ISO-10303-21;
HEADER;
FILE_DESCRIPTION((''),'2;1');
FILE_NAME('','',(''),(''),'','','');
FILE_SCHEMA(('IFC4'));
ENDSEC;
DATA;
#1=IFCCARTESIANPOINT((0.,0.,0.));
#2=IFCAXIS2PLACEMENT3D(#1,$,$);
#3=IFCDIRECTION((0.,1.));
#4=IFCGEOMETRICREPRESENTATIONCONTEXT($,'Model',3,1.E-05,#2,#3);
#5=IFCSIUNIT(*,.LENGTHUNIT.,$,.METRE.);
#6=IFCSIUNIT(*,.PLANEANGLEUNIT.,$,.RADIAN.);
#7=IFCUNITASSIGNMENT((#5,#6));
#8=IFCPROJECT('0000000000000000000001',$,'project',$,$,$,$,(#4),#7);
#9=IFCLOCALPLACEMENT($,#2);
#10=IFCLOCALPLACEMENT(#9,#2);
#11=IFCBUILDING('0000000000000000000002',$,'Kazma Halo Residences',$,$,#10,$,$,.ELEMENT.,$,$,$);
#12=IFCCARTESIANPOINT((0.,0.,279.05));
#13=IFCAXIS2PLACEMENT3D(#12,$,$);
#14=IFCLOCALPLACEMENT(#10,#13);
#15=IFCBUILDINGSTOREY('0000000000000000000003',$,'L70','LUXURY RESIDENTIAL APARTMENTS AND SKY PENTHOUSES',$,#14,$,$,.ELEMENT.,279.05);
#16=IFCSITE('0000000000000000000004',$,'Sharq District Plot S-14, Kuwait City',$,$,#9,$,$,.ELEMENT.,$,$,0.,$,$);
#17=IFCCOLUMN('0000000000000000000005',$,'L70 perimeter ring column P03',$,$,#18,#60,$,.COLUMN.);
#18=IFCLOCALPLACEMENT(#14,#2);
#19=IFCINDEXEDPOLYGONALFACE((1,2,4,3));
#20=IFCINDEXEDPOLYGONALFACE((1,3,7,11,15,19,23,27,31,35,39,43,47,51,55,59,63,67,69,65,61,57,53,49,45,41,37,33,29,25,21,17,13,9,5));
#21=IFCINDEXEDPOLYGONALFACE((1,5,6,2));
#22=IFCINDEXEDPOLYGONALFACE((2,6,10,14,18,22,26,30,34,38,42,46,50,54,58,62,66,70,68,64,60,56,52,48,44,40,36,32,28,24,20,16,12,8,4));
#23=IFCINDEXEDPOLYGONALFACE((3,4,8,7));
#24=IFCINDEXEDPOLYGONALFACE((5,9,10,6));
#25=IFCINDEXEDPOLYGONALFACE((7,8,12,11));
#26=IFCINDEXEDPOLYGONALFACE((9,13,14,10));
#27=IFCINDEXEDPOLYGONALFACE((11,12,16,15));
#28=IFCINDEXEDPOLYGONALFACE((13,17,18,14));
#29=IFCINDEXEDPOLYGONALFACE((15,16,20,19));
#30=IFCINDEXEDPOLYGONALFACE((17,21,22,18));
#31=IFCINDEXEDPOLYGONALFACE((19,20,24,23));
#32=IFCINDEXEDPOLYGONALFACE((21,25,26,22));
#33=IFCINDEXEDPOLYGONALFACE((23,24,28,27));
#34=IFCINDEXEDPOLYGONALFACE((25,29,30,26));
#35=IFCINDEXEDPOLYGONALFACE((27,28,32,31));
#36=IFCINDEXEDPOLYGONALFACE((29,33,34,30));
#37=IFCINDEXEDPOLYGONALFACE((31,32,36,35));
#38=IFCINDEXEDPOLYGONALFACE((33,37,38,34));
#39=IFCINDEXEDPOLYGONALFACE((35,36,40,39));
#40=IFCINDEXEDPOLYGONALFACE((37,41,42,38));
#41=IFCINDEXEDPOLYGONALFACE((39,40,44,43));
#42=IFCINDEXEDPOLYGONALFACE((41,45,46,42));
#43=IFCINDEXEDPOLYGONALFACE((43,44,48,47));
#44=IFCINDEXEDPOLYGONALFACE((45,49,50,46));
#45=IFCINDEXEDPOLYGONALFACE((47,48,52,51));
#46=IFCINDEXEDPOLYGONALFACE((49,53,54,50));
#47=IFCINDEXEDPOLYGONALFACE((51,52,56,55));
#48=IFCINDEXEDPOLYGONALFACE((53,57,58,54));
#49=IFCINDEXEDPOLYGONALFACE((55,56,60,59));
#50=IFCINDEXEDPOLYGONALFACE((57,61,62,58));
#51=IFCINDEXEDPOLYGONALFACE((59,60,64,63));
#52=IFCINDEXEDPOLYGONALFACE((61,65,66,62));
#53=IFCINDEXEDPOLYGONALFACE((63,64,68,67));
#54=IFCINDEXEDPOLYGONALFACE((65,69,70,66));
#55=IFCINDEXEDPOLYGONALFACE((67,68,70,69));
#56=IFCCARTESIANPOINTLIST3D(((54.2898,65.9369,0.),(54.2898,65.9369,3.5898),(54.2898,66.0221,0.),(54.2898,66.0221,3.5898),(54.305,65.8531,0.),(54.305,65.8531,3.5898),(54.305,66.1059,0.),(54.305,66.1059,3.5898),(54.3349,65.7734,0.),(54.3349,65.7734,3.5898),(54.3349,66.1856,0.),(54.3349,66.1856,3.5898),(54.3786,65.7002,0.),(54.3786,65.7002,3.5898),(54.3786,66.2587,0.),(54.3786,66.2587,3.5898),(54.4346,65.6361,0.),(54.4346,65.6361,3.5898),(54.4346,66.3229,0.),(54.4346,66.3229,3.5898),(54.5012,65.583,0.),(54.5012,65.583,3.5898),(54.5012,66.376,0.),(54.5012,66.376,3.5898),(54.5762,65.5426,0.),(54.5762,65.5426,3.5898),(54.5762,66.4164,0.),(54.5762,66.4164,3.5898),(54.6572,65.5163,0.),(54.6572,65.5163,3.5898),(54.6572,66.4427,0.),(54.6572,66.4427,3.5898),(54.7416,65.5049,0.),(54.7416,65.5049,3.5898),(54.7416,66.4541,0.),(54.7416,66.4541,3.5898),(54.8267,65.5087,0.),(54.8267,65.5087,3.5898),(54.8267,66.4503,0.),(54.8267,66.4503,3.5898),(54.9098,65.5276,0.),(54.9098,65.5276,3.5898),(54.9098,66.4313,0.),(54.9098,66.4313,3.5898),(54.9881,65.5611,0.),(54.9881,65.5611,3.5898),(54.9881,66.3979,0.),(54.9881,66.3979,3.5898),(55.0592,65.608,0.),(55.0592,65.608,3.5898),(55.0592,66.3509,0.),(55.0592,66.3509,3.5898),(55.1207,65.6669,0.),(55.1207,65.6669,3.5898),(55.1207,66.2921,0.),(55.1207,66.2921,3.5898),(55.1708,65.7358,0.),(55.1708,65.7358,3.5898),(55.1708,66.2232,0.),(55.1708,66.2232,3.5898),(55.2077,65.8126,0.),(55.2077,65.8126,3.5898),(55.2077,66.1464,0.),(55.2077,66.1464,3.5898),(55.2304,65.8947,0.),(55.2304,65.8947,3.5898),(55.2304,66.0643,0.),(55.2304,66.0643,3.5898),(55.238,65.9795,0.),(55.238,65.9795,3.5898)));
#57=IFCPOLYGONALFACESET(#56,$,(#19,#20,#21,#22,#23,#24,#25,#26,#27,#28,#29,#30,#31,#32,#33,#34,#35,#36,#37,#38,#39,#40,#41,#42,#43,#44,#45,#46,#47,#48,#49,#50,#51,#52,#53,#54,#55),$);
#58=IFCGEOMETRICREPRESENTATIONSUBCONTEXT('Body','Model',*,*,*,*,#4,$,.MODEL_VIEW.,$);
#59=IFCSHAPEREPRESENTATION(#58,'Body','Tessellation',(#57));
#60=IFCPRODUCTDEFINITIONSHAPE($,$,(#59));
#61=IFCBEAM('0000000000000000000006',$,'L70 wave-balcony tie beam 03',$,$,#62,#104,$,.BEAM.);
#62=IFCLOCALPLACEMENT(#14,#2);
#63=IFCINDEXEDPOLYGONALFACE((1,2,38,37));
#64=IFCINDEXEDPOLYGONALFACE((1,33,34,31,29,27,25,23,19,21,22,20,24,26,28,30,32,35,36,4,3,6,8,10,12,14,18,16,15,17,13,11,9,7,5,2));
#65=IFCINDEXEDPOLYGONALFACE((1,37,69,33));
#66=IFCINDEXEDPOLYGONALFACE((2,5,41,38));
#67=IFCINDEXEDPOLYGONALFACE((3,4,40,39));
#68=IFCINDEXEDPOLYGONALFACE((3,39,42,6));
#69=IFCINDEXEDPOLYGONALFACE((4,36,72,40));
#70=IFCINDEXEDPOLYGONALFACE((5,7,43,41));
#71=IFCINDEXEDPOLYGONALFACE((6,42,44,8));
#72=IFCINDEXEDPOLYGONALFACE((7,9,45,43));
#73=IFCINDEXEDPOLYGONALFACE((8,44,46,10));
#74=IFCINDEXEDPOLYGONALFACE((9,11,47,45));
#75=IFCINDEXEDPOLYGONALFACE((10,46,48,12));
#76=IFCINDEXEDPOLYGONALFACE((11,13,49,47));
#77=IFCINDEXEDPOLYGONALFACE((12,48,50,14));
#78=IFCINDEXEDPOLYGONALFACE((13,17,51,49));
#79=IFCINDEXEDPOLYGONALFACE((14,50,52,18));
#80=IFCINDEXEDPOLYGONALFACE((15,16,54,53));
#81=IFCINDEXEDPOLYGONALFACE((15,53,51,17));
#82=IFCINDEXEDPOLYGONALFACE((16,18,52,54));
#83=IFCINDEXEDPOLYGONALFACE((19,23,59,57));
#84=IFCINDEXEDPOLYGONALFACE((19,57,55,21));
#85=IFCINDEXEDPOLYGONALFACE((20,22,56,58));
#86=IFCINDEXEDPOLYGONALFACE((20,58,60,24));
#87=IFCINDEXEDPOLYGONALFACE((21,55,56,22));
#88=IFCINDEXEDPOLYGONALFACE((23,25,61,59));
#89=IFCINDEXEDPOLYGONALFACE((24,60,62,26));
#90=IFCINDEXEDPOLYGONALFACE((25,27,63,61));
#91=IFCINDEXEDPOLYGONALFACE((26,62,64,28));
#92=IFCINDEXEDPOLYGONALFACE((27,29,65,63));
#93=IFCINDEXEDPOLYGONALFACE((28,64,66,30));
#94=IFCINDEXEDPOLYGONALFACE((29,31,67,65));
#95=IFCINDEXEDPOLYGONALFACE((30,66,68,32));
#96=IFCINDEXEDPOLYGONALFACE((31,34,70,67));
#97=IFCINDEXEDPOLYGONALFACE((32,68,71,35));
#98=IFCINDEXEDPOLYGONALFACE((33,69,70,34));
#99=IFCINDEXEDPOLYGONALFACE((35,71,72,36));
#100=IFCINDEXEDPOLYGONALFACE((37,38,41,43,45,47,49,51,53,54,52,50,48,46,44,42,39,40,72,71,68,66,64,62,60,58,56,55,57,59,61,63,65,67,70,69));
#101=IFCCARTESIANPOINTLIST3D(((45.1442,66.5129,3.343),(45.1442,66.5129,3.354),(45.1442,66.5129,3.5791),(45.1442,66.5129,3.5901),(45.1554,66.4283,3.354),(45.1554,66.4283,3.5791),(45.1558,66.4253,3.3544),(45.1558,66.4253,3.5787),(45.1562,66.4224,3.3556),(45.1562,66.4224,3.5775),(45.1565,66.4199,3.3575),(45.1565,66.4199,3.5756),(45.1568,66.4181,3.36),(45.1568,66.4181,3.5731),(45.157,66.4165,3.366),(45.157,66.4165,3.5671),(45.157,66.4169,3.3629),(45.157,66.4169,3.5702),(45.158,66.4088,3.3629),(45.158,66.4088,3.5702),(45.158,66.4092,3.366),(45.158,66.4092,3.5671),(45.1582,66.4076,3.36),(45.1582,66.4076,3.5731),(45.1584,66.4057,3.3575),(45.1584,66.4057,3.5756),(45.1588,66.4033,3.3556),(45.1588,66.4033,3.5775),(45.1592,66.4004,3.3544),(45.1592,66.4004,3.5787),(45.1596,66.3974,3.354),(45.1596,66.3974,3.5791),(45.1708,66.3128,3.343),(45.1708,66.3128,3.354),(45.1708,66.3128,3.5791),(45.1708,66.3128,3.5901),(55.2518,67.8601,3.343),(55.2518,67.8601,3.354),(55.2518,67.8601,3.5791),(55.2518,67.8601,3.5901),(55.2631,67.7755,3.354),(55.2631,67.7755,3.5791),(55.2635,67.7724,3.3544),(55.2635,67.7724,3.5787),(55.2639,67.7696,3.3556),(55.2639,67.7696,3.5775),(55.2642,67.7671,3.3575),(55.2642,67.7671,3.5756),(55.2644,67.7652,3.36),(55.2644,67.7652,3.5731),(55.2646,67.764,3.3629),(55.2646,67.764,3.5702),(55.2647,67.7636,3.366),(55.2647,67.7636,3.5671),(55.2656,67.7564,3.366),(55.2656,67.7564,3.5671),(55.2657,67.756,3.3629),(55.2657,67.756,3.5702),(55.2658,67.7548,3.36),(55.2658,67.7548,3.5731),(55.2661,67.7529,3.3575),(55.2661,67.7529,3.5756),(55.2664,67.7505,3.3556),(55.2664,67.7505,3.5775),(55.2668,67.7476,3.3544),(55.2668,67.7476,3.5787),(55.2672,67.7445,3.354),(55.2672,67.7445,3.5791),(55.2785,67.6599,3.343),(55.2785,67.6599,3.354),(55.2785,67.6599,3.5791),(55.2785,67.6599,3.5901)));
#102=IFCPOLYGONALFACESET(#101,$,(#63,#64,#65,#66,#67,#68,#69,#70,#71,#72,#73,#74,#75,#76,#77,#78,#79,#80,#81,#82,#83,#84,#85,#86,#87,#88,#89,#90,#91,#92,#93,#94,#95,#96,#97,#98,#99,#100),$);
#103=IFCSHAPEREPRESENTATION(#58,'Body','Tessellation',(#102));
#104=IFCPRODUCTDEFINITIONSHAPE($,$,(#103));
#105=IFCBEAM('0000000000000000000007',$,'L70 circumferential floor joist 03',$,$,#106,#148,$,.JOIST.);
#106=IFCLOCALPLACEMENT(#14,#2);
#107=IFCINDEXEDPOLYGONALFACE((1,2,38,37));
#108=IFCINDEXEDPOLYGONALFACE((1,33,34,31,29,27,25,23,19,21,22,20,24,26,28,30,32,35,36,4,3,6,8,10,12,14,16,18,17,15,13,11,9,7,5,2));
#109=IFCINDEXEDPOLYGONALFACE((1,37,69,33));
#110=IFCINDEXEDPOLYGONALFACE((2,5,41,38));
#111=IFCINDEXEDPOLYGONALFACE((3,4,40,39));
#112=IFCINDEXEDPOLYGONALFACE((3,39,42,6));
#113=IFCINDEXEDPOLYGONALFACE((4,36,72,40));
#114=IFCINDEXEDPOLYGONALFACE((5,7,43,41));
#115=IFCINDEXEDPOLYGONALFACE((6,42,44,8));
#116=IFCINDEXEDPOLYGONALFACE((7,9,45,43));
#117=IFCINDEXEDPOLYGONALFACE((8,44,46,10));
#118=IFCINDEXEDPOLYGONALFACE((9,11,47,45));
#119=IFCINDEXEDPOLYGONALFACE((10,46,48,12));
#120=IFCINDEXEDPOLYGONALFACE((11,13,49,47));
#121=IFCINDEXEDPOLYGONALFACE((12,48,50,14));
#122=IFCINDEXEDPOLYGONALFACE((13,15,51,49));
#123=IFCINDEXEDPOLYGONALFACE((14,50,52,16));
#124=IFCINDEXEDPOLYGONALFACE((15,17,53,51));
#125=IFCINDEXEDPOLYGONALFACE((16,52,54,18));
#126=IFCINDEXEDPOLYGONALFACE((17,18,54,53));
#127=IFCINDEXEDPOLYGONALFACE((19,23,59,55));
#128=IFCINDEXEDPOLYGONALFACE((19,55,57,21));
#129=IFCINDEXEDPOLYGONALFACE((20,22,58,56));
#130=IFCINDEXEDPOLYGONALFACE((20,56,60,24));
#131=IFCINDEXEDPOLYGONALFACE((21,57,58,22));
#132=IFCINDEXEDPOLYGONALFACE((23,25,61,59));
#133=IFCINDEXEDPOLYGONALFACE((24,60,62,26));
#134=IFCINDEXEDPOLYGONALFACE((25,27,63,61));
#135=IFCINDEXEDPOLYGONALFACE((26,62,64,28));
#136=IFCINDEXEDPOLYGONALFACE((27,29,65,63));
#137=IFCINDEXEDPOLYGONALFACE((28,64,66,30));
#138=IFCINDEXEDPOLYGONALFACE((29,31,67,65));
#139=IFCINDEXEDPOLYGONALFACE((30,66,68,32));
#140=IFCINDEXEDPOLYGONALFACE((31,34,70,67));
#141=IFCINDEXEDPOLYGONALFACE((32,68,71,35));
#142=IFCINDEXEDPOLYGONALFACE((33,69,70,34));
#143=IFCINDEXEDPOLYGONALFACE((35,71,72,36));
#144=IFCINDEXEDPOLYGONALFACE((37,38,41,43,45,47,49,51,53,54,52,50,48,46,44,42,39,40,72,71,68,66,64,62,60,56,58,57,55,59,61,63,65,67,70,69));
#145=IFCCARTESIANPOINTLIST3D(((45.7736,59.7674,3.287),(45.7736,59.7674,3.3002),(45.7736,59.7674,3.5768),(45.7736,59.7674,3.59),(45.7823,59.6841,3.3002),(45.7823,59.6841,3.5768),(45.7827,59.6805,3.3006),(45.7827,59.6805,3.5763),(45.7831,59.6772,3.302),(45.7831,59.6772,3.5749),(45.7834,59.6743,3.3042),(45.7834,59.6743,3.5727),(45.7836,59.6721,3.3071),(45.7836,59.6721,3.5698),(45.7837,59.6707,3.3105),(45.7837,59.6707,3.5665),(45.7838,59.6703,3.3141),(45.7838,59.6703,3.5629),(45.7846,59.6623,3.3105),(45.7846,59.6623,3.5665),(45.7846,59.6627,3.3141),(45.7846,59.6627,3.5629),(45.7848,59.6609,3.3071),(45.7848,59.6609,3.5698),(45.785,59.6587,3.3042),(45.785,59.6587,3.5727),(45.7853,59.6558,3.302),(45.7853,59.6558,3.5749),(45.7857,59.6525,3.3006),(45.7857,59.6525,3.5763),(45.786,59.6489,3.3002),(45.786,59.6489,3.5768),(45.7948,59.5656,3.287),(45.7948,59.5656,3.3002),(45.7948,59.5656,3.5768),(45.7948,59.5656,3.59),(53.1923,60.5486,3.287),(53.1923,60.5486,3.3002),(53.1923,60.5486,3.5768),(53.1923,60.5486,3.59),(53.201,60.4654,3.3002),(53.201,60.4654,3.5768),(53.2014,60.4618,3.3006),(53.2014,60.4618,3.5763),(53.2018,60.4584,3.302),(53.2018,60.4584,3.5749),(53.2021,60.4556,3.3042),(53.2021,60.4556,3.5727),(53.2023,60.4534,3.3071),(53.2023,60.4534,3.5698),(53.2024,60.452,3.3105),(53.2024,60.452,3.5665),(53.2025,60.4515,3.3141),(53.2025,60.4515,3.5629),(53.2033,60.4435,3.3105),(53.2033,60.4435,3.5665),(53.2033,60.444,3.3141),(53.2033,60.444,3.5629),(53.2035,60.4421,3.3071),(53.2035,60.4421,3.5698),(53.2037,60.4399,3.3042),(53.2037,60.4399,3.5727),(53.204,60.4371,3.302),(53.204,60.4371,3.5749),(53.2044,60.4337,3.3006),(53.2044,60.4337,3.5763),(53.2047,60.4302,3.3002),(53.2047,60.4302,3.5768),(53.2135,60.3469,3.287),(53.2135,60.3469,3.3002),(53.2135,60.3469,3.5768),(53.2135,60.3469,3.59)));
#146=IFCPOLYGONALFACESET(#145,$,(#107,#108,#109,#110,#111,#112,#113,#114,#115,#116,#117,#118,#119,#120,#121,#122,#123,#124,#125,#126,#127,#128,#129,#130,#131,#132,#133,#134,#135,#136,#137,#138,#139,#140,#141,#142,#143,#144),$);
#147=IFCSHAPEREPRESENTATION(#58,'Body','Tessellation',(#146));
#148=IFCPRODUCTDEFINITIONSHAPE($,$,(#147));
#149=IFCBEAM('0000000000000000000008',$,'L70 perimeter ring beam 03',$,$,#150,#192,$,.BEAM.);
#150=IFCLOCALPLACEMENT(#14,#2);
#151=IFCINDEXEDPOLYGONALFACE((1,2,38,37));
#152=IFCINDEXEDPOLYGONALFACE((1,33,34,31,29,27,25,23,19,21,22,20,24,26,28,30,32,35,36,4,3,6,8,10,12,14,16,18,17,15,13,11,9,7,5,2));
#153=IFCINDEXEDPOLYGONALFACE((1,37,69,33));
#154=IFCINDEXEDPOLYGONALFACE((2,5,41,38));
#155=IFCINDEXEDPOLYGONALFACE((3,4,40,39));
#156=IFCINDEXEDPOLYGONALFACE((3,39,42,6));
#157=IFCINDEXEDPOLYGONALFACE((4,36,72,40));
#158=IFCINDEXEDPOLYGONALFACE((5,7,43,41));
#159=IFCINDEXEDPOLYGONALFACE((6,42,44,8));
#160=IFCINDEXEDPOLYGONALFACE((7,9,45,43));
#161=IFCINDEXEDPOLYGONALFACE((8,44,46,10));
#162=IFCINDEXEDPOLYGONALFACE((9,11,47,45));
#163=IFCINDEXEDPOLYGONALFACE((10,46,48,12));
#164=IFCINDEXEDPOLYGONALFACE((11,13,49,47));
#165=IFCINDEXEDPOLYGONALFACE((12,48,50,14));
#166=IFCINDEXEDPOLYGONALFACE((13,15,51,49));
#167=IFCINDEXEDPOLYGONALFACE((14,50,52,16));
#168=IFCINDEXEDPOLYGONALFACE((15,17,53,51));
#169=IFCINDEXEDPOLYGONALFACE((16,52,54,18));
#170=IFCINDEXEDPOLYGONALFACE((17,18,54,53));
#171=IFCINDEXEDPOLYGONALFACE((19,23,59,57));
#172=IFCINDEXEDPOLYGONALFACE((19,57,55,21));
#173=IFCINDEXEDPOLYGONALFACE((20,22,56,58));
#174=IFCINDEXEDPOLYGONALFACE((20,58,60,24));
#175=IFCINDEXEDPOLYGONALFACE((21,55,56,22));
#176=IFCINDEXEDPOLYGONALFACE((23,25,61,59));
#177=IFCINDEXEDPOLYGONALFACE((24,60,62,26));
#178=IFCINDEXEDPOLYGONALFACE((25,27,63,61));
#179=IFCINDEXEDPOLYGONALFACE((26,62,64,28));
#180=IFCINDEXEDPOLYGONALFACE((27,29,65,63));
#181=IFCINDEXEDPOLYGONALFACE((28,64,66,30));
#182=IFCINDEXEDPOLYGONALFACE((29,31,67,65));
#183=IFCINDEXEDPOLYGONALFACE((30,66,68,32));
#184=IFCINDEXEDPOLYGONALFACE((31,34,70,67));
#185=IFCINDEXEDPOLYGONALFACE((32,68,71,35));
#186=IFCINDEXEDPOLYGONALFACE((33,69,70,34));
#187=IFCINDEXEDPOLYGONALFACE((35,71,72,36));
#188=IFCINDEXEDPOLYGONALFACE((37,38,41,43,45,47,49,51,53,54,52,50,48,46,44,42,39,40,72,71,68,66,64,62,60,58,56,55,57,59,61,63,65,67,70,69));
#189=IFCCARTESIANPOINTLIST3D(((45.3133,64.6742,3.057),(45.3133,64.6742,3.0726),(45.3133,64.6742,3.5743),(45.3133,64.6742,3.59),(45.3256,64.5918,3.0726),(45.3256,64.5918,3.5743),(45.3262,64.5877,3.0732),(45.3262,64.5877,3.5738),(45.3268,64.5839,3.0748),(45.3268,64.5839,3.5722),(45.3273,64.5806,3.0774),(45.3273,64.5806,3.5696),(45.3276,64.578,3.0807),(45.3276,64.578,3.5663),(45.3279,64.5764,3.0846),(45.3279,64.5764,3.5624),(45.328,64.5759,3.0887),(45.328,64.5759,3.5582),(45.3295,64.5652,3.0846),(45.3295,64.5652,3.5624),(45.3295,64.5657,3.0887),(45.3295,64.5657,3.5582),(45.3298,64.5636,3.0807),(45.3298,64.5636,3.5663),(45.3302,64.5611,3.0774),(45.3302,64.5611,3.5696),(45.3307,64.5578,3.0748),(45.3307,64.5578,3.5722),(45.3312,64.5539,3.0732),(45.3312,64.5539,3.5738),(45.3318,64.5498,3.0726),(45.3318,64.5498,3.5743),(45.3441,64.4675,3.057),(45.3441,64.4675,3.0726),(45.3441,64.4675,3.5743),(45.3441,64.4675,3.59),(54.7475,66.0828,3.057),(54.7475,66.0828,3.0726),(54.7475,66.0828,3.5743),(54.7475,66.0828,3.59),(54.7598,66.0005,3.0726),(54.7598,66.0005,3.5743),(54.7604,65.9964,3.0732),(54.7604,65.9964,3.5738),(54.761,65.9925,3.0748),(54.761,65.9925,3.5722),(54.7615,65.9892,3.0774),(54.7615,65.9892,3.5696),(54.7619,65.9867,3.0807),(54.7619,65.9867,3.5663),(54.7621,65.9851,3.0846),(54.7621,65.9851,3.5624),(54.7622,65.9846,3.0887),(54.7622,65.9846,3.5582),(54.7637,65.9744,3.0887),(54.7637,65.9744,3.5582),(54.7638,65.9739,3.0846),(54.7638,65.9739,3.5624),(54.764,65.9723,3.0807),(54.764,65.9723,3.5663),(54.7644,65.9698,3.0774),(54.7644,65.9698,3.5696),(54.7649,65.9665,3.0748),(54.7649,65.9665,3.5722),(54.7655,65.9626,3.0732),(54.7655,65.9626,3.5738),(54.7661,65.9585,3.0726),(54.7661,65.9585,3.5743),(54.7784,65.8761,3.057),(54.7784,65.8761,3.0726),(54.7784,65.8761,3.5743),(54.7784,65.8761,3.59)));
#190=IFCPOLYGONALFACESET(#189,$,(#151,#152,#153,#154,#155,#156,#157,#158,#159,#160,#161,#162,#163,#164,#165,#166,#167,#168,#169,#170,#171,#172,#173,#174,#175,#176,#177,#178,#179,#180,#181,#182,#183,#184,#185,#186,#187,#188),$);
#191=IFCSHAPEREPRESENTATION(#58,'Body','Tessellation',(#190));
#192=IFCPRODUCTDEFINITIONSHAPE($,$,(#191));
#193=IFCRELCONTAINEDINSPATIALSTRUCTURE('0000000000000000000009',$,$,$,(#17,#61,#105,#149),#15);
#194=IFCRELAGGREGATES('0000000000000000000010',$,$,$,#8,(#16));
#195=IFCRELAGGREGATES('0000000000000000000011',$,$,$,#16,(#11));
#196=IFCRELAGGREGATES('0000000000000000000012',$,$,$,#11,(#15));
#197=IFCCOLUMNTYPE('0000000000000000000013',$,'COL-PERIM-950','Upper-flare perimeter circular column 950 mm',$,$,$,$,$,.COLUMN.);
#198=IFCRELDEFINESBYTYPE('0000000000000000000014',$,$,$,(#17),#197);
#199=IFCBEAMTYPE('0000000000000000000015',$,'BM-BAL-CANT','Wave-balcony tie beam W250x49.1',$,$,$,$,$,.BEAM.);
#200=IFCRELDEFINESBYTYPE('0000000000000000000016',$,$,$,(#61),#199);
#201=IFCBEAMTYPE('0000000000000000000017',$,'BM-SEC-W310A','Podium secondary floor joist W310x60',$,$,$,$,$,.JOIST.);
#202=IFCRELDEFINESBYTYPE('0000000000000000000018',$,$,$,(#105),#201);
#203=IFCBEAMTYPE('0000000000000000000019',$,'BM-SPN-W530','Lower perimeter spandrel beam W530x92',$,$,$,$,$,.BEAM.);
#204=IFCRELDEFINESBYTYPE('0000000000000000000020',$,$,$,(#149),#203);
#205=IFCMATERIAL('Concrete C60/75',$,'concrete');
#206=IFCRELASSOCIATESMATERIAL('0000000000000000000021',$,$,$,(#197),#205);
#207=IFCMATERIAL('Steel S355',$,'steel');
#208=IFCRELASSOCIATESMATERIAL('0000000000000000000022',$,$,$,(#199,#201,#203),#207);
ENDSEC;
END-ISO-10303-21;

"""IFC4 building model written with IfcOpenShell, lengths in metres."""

from ifc_helpers import new_model, si_unit, direction, frame, origin, origin_2d, place, context, subcontext, project, spatial, circle, i_section, extrude, material, material_profile, profile_set, type_object, element, save


model = new_model("IFC4")

# Units and contexts
model_context = context("Model", 3, precision=1e-05, world=origin(), true_north=direction((0.0, 1.0)))
body_context = subcontext(model_context, "Body", "Model", "MODEL_VIEW")
ifc_project = project(units=[si_unit("LENGTHUNIT", "METRE"), si_unit("PLANEANGLEUNIT", "RADIAN")], contexts=[model_context])

# Site, building, storey
site_placement = place(None, origin())
site = spatial("IfcSite", under=ifc_project, at=site_placement, Name="Sharq District Plot S-14, Kuwait City", CompositionType="ELEMENT", RefElevation=0.0)
building_placement = place(site_placement, origin())
building = spatial("IfcBuilding", under=site, at=building_placement, Name="Kazma Halo Residences", CompositionType="ELEMENT")
storey_placement = place(building_placement, frame((0.0, 0.0, 279.05)))
storey = spatial("IfcBuildingStorey", under=building, at=storey_placement, Name="L70", Description="LUXURY RESIDENTIAL APARTMENTS AND SKY PENTHOUSES", CompositionType="ELEMENT", Elevation=279.05)

# Column
ifc_material_1 = material(Name="Concrete C60/75", Category="concrete")
ifc_material_profile_1 = material_profile(ifc_material_1, circle(Radius=0.4751, at=origin_2d()), Name="CIRC950")
ifc_profile_set_1 = profile_set([ifc_material_profile_1], Name="Concrete C60/75")
column_type = type_object("IfcColumnType", Name="COL-PERIM-950", Description="Upper-flare perimeter circular column 950 mm", PredefinedType="COLUMN", material=ifc_profile_set_1)
column_placement = place(storey_placement, frame((54.7629, 65.9795, 0.0), z_axis=(0.0, 0.0, 1.0), x_axis=(1.0, 0.0, 0.0)))
element("IfcColumn", 1, at=column_placement, inside=storey, type_object=column_type, Name="L70 perimeter ring column P03", PredefinedType="COLUMN", context=body_context, shape_type="SweptSolid", body=[
    extrude(circle(Radius=0.4751, at=origin_2d()), origin(), (0.0, 0.0, 1.0), 3.5898),
])

# Beams
ifc_material_2 = material(Name="Steel S355", Category="steel")
ifc_material_profile_2 = material_profile(ifc_material_2, i_section(OverallWidth=0.2019, OverallDepth=0.2471, WebThickness=0.0073, FlangeThickness=0.011, FilletRadius=0.012, at=origin_2d()), Name="W250x49.1")
ifc_profile_set_2 = profile_set([ifc_material_profile_2], Name="Steel S355")
beam_type_1 = type_object("IfcBeamType", Name="BM-BAL-CANT", Description="Wave-balcony tie beam W250x49.1", PredefinedType="BEAM", material=ifc_profile_set_2)
beam_1_placement = place(storey_placement, frame((55.2651, 67.76, 3.4666), z_axis=(-0.991235, -0.132114, 0.0), x_axis=(0.132114, -0.991235, 0.0)))
element("IfcBeam", 2, at=beam_1_placement, inside=storey, type_object=beam_type_1, Name="L70 wave-balcony tie beam 03", PredefinedType="BEAM", context=body_context, shape_type="SweptSolid", body=[
    extrude(i_section(OverallWidth=0.2019, OverallDepth=0.2471, WebThickness=0.0073, FlangeThickness=0.011, FilletRadius=0.012, at=origin_2d()), origin(), (0.0, 0.0, 1.0), 10.197),
])
ifc_material_profile_3 = material_profile(ifc_material_2, i_section(OverallWidth=0.2029, OverallDepth=0.303, WebThickness=0.0076, FlangeThickness=0.0132, FilletRadius=0.0139, at=origin_2d()), Name="W310x60")
ifc_profile_set_3 = profile_set([ifc_material_profile_3], Name="Steel S355")
beam_type_2 = type_object("IfcBeamType", Name="BM-SEC-W310A", Description="Podium secondary floor joist W310x60", PredefinedType="JOIST", material=ifc_profile_set_3)
beam_2_placement = place(storey_placement, frame((53.2029, 60.4478, 3.4385), z_axis=(-0.994501, -0.104729, 0.0), x_axis=(0.104729, -0.994501, 0.0)))
element("IfcBeam", 3, at=beam_2_placement, inside=storey, type_object=beam_type_2, Name="L70 circumferential floor joist 03", PredefinedType="JOIST", context=body_context, shape_type="SweptSolid", body=[
    extrude(i_section(OverallWidth=0.2029, OverallDepth=0.303, WebThickness=0.0076, FlangeThickness=0.0132, FilletRadius=0.0139, at=origin_2d()), origin(), (0.0, 0.0, 1.0), 7.4597),
])
ifc_material_profile_4 = material_profile(ifc_material_2, i_section(OverallWidth=0.209, OverallDepth=0.533, WebThickness=0.0103, FlangeThickness=0.0156, FilletRadius=0.0161, at=origin_2d()), Name="W530x92")
ifc_profile_set_4 = profile_set([ifc_material_profile_4], Name="Steel S355")
beam_type_3 = type_object("IfcBeamType", Name="BM-SPN-W530", Description="Lower perimeter spandrel beam W530x92", PredefinedType="BEAM", material=ifc_profile_set_4)
beam_3_placement = place(storey_placement, frame((54.7629, 65.9795, 3.3235), z_axis=(-0.989035, -0.147678, 0.0), x_axis=(0.147678, -0.989035, 0.0)))
element("IfcBeam", 4, at=beam_3_placement, inside=storey, type_object=beam_type_3, Name="L70 perimeter ring beam 03", PredefinedType="BEAM", context=body_context, shape_type="SweptSolid", body=[
    extrude(i_section(OverallWidth=0.209, OverallDepth=0.533, WebThickness=0.0103, FlangeThickness=0.0156, FilletRadius=0.0161, at=origin_2d()), origin(), (0.0, 0.0, 1.0), 9.5388),
])

save(model, "model.ifc")
